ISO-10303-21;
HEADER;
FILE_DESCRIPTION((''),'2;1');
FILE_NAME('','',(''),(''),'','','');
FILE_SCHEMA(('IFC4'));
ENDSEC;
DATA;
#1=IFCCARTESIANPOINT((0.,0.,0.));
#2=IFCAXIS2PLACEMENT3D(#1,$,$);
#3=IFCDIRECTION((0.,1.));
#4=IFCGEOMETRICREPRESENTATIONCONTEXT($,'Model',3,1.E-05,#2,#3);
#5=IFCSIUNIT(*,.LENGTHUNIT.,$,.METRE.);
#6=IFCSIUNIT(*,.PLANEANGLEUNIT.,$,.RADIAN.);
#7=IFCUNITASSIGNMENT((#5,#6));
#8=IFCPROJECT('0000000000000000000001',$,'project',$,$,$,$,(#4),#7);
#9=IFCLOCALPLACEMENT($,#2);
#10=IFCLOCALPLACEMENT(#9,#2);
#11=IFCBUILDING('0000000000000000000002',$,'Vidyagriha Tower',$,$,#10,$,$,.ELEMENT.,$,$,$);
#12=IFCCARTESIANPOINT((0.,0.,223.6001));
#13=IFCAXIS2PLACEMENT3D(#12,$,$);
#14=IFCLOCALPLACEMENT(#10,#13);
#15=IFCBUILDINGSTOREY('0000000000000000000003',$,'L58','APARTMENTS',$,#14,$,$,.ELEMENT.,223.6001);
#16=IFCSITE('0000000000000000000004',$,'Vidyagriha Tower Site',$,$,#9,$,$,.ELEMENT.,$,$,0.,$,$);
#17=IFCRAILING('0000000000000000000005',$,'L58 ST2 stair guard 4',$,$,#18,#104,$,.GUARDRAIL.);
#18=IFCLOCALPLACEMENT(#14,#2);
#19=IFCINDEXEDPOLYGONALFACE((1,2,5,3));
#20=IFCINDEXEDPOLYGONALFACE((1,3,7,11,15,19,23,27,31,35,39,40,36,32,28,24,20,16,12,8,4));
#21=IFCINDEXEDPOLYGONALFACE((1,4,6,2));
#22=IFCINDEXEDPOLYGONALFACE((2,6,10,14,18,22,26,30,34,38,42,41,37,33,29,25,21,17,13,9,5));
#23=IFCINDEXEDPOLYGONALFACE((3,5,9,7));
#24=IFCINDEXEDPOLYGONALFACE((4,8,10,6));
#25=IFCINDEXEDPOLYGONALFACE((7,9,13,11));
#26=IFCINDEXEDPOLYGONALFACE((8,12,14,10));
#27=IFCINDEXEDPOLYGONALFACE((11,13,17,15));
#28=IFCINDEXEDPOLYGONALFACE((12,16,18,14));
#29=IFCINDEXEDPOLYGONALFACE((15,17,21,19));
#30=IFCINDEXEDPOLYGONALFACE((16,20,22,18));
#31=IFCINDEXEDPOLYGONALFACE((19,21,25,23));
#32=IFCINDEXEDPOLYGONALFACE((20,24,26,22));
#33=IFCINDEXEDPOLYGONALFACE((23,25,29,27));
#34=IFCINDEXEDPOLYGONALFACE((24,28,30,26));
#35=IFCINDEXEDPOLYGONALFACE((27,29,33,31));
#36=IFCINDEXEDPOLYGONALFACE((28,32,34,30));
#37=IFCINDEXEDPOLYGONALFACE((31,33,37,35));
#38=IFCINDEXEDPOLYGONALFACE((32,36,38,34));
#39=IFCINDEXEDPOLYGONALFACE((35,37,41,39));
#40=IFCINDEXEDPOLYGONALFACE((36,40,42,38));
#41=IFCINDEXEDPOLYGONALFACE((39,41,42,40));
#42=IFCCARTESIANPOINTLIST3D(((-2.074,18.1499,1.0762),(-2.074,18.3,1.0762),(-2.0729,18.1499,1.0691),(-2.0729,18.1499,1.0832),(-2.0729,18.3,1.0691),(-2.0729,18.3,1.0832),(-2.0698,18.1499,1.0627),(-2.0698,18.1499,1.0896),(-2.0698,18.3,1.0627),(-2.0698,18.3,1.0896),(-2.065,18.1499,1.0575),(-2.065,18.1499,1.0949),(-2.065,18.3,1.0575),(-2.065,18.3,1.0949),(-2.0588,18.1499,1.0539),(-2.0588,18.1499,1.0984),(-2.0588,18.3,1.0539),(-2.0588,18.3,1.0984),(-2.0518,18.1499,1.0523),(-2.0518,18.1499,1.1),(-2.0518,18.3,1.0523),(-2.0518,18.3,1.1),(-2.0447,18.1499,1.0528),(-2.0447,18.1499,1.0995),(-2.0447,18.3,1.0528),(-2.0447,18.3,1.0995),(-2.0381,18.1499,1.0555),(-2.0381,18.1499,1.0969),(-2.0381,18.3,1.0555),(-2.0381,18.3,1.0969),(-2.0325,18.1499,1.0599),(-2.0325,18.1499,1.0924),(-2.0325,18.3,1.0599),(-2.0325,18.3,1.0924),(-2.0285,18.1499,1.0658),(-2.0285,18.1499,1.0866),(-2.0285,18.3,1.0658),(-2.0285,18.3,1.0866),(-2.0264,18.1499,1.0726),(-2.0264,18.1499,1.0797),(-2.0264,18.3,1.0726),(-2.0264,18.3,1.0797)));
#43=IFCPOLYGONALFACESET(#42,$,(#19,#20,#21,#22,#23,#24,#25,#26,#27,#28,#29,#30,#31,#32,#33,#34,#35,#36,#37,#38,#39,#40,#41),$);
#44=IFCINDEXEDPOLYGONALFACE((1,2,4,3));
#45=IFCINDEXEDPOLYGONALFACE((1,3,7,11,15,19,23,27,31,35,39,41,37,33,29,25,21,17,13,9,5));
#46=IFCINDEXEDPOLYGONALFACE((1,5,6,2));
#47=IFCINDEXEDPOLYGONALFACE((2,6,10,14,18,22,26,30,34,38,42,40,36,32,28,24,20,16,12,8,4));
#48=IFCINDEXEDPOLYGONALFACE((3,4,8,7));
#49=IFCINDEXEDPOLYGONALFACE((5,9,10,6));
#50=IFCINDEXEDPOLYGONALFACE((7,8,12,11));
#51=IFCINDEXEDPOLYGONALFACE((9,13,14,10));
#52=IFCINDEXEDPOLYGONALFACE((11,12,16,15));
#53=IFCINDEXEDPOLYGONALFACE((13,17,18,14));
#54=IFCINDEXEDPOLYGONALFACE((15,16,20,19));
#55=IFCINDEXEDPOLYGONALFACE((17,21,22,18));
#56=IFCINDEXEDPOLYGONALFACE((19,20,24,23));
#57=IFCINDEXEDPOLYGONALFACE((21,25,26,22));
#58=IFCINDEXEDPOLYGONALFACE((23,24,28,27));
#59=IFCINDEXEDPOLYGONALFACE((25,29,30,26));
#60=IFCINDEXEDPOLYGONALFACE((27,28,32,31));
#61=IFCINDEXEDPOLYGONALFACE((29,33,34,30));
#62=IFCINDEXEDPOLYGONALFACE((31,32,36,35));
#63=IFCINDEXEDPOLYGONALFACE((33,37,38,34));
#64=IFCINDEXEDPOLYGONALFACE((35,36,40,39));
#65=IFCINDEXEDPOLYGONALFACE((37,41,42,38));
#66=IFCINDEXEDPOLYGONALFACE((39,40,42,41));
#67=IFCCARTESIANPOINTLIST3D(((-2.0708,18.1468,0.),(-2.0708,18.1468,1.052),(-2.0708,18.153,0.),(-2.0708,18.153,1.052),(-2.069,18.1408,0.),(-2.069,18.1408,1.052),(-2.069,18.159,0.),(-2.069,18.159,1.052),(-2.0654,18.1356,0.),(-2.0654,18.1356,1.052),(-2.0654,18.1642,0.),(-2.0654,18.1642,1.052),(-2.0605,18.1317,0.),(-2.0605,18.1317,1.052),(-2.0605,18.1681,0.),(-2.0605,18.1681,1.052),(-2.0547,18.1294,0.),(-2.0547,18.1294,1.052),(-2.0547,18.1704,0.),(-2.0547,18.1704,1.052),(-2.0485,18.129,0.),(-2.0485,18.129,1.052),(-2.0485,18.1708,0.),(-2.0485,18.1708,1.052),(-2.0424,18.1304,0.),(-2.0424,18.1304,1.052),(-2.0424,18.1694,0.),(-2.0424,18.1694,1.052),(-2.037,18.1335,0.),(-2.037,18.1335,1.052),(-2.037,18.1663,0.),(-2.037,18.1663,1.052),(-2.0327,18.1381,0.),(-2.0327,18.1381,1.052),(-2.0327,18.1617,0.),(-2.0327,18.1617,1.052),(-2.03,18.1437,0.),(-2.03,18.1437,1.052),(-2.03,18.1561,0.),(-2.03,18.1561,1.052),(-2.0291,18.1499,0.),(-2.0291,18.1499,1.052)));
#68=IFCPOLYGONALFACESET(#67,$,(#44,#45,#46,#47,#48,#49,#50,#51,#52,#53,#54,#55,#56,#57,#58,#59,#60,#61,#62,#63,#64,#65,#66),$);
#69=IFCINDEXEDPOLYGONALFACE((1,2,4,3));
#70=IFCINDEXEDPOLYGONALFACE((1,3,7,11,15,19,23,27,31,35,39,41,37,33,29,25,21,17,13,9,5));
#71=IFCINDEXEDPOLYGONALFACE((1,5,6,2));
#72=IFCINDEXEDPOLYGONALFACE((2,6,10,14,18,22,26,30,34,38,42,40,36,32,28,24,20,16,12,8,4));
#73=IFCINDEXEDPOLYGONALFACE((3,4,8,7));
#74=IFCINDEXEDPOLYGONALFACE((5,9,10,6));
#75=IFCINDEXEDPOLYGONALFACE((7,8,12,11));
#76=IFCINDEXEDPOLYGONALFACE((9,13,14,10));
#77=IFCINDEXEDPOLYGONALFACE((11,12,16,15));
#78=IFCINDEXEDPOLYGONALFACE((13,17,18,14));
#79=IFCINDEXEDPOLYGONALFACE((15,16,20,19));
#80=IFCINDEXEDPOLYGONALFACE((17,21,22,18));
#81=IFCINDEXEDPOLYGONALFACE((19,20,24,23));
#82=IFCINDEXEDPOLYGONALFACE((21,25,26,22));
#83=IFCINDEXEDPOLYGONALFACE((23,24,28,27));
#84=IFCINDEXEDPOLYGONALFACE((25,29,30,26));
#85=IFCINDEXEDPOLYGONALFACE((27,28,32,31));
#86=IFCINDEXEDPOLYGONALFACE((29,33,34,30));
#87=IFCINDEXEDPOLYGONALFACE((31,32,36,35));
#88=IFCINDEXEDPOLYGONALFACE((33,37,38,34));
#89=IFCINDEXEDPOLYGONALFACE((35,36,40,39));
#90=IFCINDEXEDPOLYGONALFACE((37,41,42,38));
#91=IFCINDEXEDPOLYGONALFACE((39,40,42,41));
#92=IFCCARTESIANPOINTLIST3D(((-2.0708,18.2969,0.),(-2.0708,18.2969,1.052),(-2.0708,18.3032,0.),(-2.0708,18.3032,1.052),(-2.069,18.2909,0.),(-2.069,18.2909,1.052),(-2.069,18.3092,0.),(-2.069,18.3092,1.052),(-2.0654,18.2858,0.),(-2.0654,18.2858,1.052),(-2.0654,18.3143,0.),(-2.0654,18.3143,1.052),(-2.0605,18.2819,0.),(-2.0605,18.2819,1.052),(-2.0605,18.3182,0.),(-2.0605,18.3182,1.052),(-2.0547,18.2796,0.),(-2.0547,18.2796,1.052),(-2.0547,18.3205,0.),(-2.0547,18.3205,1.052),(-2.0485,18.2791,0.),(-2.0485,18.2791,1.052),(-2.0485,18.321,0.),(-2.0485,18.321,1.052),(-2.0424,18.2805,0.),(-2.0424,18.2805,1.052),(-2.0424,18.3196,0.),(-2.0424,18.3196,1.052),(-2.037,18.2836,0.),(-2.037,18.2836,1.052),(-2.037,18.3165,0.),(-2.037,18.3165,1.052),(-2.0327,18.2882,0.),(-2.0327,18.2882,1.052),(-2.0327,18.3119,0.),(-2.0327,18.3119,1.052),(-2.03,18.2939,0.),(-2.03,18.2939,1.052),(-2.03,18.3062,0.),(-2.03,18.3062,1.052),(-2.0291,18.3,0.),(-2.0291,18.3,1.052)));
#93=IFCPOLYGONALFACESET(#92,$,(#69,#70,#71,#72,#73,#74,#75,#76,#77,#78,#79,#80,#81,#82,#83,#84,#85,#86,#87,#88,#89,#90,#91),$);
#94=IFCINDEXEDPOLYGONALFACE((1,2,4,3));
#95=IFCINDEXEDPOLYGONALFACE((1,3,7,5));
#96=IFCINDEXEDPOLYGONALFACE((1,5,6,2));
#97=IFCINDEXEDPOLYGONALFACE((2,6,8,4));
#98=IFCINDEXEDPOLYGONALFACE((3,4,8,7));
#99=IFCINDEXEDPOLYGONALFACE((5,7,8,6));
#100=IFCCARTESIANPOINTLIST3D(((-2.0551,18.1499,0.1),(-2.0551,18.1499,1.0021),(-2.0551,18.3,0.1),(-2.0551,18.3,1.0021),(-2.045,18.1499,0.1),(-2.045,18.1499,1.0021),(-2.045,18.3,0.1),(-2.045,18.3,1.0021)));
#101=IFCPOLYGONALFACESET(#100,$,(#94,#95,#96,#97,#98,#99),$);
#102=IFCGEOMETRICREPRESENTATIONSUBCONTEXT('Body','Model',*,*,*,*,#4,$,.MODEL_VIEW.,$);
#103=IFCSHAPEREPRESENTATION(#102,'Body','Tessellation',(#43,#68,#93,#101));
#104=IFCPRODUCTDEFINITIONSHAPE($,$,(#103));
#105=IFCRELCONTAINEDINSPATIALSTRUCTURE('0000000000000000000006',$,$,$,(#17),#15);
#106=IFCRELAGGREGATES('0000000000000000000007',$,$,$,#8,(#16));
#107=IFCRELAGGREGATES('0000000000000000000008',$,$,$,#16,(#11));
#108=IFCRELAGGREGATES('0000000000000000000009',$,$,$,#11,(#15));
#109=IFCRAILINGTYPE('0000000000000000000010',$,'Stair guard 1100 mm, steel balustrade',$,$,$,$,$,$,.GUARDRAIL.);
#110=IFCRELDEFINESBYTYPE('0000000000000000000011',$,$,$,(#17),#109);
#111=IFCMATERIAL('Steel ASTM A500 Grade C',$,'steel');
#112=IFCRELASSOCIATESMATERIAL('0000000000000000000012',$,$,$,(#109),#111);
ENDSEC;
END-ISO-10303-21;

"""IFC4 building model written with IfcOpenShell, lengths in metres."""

from ifc_helpers import new_model, si_unit, direction, frame, origin, origin_2d, place, context, subcontext, project, spatial, rectangle, circle, extrude, material, type_object, element, save


model = new_model("IFC4")

# Units and contexts
model_context = context("Model", 3, precision=1e-05, world=origin(), true_north=direction((0.0, 1.0)))
body_context = subcontext(model_context, "Body", "Model", "MODEL_VIEW")
ifc_project = project(units=[si_unit("LENGTHUNIT", "METRE"), si_unit("PLANEANGLEUNIT", "RADIAN")], contexts=[model_context])

# Site, building, storey
site_placement = place(None, origin())
site = spatial("IfcSite", under=ifc_project, at=site_placement, Name="Vidyagriha Tower Site", CompositionType="ELEMENT", RefElevation=0.0)
building_placement = place(site_placement, origin())
building = spatial("IfcBuilding", under=site, at=building_placement, Name="Vidyagriha Tower", CompositionType="ELEMENT")
storey_placement = place(building_placement, frame((0.0, 0.0, 223.6001)))
storey = spatial("IfcBuildingStorey", under=building, at=storey_placement, Name="L58", Description="APARTMENTS", CompositionType="ELEMENT", Elevation=223.6001)

# Railing
ifc_material_1 = material(Name="Steel ASTM A500 Grade C", Category="steel")
railing_type_1 = type_object("IfcRailingType", Name="Stair guard 1100 mm, steel balustrade", PredefinedType="GUARDRAIL", material=ifc_material_1)
railing_1_placement = place(storey_placement, frame((-2.05, 18.1499, 0.0)))
element("IfcRailing", 1, at=railing_1_placement, inside=storey, type_object=railing_type_1, Name="L58 ST2 stair guard 4", PredefinedType="GUARDRAIL", context=body_context, shape_type="SweptSolid", body=[
    extrude(circle(Radius=0.0239, at=origin_2d()), frame((0.0, 0.0, 1.0762), z_axis=(0.0, 1.0, 0.0), x_axis=(-1.0, 0.0, 0.0)), (0.0, 0.0, 1.0), 0.1501),
    extrude(circle(Radius=0.021, at=origin_2d()), origin(), (0.0, 0.0, 1.0), 1.052),
    extrude(circle(Radius=0.021, at=origin_2d()), frame((0.0, 0.1501, 0.0)), (0.0, 0.0, 1.0), 1.052),
    extrude(rectangle(XDim=0.01, YDim=0.9021, at=origin_2d()), frame((0.0, 0.0, 0.551), z_axis=(0.0, 1.0, 0.0), x_axis=(-1.0, 0.0, 0.0)), (0.0, 0.0, 1.0), 0.1501),
])

save(model, "model.ifc")
